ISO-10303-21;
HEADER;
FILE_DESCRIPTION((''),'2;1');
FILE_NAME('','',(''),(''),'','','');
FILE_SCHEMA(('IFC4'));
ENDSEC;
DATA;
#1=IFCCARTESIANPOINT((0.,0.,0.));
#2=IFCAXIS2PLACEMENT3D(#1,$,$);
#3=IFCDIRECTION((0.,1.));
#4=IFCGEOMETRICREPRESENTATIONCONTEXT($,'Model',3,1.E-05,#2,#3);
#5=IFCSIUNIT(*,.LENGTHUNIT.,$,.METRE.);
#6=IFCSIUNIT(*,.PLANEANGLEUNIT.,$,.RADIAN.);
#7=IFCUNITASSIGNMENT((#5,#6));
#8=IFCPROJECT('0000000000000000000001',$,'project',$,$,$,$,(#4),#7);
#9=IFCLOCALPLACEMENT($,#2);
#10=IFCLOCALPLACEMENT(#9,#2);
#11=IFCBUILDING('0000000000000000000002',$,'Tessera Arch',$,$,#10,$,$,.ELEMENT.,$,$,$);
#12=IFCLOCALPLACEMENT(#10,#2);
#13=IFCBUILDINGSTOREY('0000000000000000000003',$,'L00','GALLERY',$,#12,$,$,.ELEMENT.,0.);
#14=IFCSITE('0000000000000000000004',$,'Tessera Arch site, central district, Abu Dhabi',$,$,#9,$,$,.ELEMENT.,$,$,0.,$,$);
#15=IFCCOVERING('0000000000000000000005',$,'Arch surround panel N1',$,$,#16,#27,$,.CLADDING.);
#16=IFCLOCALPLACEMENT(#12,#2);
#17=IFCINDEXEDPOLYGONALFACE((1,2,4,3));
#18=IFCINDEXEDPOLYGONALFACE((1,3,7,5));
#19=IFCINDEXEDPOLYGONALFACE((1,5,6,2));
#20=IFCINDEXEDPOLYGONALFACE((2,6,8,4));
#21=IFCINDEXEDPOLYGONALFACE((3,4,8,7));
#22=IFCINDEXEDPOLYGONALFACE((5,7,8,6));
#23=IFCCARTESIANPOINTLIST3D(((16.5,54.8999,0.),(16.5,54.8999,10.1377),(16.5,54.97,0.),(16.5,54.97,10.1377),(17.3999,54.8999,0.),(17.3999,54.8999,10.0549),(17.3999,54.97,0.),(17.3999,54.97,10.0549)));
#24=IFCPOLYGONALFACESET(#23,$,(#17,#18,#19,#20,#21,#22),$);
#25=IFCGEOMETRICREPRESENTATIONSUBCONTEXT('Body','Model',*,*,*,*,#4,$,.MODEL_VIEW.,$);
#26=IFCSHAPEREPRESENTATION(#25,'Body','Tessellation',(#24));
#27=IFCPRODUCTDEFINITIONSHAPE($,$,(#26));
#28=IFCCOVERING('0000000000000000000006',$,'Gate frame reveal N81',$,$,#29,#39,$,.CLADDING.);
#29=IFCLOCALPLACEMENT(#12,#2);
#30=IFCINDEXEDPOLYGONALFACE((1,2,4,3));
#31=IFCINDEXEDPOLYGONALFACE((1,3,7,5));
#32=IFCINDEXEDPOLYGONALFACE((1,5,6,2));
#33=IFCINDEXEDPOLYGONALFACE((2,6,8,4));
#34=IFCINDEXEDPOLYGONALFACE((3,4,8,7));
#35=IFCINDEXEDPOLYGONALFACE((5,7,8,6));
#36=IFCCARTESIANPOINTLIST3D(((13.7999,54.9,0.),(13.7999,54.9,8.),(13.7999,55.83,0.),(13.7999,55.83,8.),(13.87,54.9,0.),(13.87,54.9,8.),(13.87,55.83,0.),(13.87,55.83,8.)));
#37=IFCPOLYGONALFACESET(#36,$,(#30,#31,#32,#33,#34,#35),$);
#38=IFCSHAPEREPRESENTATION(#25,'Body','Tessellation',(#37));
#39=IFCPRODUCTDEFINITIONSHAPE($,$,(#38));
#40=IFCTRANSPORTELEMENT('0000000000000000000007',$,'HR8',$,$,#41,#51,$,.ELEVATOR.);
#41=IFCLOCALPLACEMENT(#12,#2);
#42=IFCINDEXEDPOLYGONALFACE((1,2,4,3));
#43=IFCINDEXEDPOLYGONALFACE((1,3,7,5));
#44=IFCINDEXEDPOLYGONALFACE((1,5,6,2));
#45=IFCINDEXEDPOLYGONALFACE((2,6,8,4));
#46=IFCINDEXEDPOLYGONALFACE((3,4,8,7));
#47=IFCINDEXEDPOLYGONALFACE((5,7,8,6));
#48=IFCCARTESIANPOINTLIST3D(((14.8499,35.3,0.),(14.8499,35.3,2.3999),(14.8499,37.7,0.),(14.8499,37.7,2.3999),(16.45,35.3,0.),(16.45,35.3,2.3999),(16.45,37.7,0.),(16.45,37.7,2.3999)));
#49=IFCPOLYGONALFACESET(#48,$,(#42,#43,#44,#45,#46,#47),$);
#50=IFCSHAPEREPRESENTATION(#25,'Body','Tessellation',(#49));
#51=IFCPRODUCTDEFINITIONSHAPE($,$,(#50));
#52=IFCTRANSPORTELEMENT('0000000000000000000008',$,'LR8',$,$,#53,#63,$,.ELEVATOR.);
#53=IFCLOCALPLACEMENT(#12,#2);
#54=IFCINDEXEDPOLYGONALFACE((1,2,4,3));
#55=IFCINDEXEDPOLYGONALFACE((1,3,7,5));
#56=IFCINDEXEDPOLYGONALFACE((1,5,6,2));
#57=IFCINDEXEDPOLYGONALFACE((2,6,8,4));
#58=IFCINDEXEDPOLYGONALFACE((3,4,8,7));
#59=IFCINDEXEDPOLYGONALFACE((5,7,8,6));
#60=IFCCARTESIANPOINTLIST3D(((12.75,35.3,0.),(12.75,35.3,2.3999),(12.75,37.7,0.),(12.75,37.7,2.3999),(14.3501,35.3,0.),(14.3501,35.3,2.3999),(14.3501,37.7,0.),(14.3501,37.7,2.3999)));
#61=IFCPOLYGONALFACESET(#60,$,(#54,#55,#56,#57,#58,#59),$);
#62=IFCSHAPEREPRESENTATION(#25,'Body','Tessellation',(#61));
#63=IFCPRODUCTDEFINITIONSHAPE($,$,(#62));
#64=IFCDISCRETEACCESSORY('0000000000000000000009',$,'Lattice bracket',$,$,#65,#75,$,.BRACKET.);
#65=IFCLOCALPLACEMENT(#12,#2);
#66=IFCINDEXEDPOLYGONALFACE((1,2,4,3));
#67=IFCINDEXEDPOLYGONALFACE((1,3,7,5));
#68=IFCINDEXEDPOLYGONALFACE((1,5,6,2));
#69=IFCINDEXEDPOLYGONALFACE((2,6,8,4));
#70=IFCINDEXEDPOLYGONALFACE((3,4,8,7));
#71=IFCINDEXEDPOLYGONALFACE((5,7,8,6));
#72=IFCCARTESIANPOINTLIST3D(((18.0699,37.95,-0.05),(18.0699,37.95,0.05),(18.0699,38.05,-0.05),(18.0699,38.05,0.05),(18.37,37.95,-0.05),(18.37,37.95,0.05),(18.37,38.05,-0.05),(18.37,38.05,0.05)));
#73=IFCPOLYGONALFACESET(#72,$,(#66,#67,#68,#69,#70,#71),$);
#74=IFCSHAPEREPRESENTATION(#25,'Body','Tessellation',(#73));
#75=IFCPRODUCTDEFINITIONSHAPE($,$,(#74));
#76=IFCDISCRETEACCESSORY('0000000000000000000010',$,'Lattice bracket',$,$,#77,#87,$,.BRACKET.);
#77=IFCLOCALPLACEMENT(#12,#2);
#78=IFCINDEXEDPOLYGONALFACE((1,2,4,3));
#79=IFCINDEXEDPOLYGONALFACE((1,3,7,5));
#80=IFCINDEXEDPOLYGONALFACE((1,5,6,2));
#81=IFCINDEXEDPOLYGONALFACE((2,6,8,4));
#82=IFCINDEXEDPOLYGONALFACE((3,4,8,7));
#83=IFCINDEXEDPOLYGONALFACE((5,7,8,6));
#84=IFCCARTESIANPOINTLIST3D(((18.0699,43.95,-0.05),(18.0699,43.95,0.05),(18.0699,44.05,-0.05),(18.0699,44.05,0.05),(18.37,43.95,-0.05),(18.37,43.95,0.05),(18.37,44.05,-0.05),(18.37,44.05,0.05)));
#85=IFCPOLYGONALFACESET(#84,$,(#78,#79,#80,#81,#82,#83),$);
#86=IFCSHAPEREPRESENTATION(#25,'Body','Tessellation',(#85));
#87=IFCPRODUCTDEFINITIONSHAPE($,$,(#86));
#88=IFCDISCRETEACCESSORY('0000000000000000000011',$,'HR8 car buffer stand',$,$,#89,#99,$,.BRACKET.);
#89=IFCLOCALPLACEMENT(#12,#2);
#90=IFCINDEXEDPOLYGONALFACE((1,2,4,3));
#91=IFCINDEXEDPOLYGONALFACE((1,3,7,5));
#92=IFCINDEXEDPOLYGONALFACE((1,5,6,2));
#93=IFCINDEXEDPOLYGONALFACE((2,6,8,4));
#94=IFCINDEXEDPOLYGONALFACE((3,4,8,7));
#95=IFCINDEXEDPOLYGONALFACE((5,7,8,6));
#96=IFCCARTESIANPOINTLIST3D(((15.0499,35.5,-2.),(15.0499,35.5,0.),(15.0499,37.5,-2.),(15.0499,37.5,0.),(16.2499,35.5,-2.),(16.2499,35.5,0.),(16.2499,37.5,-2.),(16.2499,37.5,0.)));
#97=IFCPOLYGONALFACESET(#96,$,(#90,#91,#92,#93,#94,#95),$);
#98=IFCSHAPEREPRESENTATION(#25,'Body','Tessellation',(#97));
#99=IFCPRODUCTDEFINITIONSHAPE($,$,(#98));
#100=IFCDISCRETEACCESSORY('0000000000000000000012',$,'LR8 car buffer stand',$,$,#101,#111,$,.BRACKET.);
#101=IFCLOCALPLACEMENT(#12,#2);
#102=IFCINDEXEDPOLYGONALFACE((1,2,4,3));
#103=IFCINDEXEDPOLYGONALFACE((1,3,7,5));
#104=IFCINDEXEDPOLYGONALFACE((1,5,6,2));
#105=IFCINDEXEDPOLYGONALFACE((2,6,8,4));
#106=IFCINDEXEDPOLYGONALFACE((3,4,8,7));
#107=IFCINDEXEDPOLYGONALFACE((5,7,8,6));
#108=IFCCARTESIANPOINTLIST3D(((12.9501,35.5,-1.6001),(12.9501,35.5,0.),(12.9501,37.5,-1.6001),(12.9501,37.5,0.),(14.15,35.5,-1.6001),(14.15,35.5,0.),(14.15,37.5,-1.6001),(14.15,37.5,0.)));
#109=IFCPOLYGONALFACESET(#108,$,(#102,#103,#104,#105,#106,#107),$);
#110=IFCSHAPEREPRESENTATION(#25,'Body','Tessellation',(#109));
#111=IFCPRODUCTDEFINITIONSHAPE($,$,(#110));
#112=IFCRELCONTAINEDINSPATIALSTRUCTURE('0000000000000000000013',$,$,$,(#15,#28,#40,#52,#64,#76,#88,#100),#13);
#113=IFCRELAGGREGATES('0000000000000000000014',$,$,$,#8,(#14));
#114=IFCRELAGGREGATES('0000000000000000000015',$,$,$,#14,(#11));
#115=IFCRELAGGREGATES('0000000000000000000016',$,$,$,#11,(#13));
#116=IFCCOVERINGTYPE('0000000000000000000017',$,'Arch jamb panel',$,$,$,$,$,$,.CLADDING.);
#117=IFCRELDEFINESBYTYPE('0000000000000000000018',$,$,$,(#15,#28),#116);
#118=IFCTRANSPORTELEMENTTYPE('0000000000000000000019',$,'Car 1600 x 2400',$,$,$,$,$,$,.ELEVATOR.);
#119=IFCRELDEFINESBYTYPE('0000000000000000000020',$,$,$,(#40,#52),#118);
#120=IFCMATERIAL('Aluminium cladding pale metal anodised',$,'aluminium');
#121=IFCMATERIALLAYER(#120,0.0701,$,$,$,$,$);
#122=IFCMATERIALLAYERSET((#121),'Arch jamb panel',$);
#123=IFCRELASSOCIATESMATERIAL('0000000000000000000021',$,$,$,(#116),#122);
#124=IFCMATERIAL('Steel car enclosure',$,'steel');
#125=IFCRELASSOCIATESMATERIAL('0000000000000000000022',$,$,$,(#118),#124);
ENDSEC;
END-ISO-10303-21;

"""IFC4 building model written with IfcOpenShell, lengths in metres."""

from ifc_helpers import new_model, si_unit, direction, frame, origin, origin_2d, place, context, subcontext, project, spatial, polyline, rectangle, outline, extrude, material, layer, layer_set, type_object, element, save


model = new_model("IFC4")

# Units and contexts
model_context = context("Model", 3, precision=1e-05, world=origin(), true_north=direction((0.0, 1.0)))
body_context = subcontext(model_context, "Body", "Model", "MODEL_VIEW")
ifc_project = project(units=[si_unit("LENGTHUNIT", "METRE"), si_unit("PLANEANGLEUNIT", "RADIAN")], contexts=[model_context])

# Site, building, storey
site_placement = place(None, origin())
site = spatial("IfcSite", under=ifc_project, at=site_placement, Name="Tessera Arch site, central district, Abu Dhabi", CompositionType="ELEMENT", RefElevation=0.0)
building_placement = place(site_placement, origin())
building = spatial("IfcBuilding", under=site, at=building_placement, Name="Tessera Arch", CompositionType="ELEMENT")
storey_placement = place(building_placement, origin())
storey = spatial("IfcBuildingStorey", under=building, at=storey_placement, Name="L00", Description="GALLERY", CompositionType="ELEMENT", Elevation=0.0)

# Coverings
ifc_material_1 = material(Name="Aluminium cladding pale metal anodised", Category="aluminium")
ifc_layer_1 = layer(ifc_material_1, 0.0701)
ifc_layer_set_1 = layer_set([ifc_layer_1], Name="Arch jamb panel")
covering_type = type_object("IfcCoveringType", Name="Arch jamb panel", PredefinedType="CLADDING", material=ifc_layer_set_1)
covering_1_placement = place(storey_placement, frame((17.3999, 54.8999, 0.0), z_axis=(0.0, -1.0, 0.0), x_axis=(0.0, 0.0, 1.0)))
element("IfcCovering", 1, at=covering_1_placement, inside=storey, type_object=covering_type, Name="Arch surround panel N1", PredefinedType="CLADDING", context=body_context, shape_type="SweptSolid", body=[
    extrude(outline(polyline([(0.0, 0.0), (10.0549, 0.0), (10.1377, 0.8999), (0.0, 0.8999), (0.0, 0.0)])), origin(), (0.0, 0.0, -1.0), 0.0701),
])
covering_2_placement = place(storey_placement, frame((13.835, 55.365, 0.0), z_axis=(0.0, 0.0, 1.0), x_axis=(1.0, 0.0, 0.0)))
element("IfcCovering", 2, at=covering_2_placement, inside=storey, type_object=covering_type, Name="Gate frame reveal N81", PredefinedType="CLADDING", context=body_context, shape_type="SweptSolid", body=[
    extrude(rectangle(XDim=0.0701, YDim=0.9299, at=origin_2d()), origin(), (0.0, 0.0, 1.0), 8.0),
])

# Transport elements
ifc_material_2 = material(Name="Steel car enclosure", Category="steel")
transport_element_type = type_object("IfcTransportElementType", Name="Car 1600 x 2400", PredefinedType="ELEVATOR", material=ifc_material_2)
for number, where, z_axis, x_axis, name in (
    (3, (15.6499, 36.5, 0.0), (0.0, 0.0, 1.0), (1.0, 0.0, 0.0), "HR8"),
    (4, (13.55, 36.5, 0.0), (0.0, 0.0, 1.0), (1.0, 0.0, 0.0), "LR8"),
):
    element("IfcTransportElement", number, at=place(storey_placement, frame(where, z_axis=z_axis, x_axis=x_axis)), inside=storey, type_object=transport_element_type, Name=name, PredefinedType="ELEVATOR", context=body_context, shape_type="SweptSolid", body=[
        extrude(rectangle(XDim=1.6001, YDim=2.3999, at=origin_2d()), origin(), (0.0, 0.0, 1.0), 2.3999),
    ])

# Discrete accessories
for number, where, z_axis, x_axis, name in (
    (5, (18.22, 38.0, -0.05), (0.0, 0.0, 1.0), (1.0, 0.0, 0.0), "Lattice bracket"),
    (6, (18.22, 44.0, -0.05), (0.0, 0.0, 1.0), (1.0, 0.0, 0.0), "Lattice bracket"),
):
    element("IfcDiscreteAccessory", number, at=place(storey_placement, frame(where, z_axis=z_axis, x_axis=x_axis)), inside=storey, Name=name, PredefinedType="BRACKET", context=body_context, shape_type="SweptSolid", body=[
        extrude(rectangle(XDim=0.3, YDim=0.1001, at=origin_2d()), origin(), (0.0, 0.0, 1.0), 0.1001),
    ])
discrete_accessory_1_placement = place(storey_placement, frame((15.6499, 36.5, -2.0), z_axis=(0.0, 0.0, 1.0), x_axis=(1.0, 0.0, 0.0)))
element("IfcDiscreteAccessory", 7, at=discrete_accessory_1_placement, inside=storey, Name="HR8 car buffer stand", PredefinedType="BRACKET", context=body_context, shape_type="SweptSolid", body=[
    extrude(rectangle(XDim=1.2, YDim=2.0, at=origin_2d()), origin(), (0.0, 0.0, 1.0), 2.0),
])
discrete_accessory_2_placement = place(storey_placement, frame((13.55, 36.5, -1.6001), z_axis=(0.0, 0.0, 1.0), x_axis=(1.0, 0.0, 0.0)))
element("IfcDiscreteAccessory", 8, at=discrete_accessory_2_placement, inside=storey, Name="LR8 car buffer stand", PredefinedType="BRACKET", context=body_context, shape_type="SweptSolid", body=[
    extrude(rectangle(XDim=1.2, YDim=2.0, at=origin_2d()), origin(), (0.0, 0.0, 1.0), 1.6001),
])

save(model, "model.ifc")
